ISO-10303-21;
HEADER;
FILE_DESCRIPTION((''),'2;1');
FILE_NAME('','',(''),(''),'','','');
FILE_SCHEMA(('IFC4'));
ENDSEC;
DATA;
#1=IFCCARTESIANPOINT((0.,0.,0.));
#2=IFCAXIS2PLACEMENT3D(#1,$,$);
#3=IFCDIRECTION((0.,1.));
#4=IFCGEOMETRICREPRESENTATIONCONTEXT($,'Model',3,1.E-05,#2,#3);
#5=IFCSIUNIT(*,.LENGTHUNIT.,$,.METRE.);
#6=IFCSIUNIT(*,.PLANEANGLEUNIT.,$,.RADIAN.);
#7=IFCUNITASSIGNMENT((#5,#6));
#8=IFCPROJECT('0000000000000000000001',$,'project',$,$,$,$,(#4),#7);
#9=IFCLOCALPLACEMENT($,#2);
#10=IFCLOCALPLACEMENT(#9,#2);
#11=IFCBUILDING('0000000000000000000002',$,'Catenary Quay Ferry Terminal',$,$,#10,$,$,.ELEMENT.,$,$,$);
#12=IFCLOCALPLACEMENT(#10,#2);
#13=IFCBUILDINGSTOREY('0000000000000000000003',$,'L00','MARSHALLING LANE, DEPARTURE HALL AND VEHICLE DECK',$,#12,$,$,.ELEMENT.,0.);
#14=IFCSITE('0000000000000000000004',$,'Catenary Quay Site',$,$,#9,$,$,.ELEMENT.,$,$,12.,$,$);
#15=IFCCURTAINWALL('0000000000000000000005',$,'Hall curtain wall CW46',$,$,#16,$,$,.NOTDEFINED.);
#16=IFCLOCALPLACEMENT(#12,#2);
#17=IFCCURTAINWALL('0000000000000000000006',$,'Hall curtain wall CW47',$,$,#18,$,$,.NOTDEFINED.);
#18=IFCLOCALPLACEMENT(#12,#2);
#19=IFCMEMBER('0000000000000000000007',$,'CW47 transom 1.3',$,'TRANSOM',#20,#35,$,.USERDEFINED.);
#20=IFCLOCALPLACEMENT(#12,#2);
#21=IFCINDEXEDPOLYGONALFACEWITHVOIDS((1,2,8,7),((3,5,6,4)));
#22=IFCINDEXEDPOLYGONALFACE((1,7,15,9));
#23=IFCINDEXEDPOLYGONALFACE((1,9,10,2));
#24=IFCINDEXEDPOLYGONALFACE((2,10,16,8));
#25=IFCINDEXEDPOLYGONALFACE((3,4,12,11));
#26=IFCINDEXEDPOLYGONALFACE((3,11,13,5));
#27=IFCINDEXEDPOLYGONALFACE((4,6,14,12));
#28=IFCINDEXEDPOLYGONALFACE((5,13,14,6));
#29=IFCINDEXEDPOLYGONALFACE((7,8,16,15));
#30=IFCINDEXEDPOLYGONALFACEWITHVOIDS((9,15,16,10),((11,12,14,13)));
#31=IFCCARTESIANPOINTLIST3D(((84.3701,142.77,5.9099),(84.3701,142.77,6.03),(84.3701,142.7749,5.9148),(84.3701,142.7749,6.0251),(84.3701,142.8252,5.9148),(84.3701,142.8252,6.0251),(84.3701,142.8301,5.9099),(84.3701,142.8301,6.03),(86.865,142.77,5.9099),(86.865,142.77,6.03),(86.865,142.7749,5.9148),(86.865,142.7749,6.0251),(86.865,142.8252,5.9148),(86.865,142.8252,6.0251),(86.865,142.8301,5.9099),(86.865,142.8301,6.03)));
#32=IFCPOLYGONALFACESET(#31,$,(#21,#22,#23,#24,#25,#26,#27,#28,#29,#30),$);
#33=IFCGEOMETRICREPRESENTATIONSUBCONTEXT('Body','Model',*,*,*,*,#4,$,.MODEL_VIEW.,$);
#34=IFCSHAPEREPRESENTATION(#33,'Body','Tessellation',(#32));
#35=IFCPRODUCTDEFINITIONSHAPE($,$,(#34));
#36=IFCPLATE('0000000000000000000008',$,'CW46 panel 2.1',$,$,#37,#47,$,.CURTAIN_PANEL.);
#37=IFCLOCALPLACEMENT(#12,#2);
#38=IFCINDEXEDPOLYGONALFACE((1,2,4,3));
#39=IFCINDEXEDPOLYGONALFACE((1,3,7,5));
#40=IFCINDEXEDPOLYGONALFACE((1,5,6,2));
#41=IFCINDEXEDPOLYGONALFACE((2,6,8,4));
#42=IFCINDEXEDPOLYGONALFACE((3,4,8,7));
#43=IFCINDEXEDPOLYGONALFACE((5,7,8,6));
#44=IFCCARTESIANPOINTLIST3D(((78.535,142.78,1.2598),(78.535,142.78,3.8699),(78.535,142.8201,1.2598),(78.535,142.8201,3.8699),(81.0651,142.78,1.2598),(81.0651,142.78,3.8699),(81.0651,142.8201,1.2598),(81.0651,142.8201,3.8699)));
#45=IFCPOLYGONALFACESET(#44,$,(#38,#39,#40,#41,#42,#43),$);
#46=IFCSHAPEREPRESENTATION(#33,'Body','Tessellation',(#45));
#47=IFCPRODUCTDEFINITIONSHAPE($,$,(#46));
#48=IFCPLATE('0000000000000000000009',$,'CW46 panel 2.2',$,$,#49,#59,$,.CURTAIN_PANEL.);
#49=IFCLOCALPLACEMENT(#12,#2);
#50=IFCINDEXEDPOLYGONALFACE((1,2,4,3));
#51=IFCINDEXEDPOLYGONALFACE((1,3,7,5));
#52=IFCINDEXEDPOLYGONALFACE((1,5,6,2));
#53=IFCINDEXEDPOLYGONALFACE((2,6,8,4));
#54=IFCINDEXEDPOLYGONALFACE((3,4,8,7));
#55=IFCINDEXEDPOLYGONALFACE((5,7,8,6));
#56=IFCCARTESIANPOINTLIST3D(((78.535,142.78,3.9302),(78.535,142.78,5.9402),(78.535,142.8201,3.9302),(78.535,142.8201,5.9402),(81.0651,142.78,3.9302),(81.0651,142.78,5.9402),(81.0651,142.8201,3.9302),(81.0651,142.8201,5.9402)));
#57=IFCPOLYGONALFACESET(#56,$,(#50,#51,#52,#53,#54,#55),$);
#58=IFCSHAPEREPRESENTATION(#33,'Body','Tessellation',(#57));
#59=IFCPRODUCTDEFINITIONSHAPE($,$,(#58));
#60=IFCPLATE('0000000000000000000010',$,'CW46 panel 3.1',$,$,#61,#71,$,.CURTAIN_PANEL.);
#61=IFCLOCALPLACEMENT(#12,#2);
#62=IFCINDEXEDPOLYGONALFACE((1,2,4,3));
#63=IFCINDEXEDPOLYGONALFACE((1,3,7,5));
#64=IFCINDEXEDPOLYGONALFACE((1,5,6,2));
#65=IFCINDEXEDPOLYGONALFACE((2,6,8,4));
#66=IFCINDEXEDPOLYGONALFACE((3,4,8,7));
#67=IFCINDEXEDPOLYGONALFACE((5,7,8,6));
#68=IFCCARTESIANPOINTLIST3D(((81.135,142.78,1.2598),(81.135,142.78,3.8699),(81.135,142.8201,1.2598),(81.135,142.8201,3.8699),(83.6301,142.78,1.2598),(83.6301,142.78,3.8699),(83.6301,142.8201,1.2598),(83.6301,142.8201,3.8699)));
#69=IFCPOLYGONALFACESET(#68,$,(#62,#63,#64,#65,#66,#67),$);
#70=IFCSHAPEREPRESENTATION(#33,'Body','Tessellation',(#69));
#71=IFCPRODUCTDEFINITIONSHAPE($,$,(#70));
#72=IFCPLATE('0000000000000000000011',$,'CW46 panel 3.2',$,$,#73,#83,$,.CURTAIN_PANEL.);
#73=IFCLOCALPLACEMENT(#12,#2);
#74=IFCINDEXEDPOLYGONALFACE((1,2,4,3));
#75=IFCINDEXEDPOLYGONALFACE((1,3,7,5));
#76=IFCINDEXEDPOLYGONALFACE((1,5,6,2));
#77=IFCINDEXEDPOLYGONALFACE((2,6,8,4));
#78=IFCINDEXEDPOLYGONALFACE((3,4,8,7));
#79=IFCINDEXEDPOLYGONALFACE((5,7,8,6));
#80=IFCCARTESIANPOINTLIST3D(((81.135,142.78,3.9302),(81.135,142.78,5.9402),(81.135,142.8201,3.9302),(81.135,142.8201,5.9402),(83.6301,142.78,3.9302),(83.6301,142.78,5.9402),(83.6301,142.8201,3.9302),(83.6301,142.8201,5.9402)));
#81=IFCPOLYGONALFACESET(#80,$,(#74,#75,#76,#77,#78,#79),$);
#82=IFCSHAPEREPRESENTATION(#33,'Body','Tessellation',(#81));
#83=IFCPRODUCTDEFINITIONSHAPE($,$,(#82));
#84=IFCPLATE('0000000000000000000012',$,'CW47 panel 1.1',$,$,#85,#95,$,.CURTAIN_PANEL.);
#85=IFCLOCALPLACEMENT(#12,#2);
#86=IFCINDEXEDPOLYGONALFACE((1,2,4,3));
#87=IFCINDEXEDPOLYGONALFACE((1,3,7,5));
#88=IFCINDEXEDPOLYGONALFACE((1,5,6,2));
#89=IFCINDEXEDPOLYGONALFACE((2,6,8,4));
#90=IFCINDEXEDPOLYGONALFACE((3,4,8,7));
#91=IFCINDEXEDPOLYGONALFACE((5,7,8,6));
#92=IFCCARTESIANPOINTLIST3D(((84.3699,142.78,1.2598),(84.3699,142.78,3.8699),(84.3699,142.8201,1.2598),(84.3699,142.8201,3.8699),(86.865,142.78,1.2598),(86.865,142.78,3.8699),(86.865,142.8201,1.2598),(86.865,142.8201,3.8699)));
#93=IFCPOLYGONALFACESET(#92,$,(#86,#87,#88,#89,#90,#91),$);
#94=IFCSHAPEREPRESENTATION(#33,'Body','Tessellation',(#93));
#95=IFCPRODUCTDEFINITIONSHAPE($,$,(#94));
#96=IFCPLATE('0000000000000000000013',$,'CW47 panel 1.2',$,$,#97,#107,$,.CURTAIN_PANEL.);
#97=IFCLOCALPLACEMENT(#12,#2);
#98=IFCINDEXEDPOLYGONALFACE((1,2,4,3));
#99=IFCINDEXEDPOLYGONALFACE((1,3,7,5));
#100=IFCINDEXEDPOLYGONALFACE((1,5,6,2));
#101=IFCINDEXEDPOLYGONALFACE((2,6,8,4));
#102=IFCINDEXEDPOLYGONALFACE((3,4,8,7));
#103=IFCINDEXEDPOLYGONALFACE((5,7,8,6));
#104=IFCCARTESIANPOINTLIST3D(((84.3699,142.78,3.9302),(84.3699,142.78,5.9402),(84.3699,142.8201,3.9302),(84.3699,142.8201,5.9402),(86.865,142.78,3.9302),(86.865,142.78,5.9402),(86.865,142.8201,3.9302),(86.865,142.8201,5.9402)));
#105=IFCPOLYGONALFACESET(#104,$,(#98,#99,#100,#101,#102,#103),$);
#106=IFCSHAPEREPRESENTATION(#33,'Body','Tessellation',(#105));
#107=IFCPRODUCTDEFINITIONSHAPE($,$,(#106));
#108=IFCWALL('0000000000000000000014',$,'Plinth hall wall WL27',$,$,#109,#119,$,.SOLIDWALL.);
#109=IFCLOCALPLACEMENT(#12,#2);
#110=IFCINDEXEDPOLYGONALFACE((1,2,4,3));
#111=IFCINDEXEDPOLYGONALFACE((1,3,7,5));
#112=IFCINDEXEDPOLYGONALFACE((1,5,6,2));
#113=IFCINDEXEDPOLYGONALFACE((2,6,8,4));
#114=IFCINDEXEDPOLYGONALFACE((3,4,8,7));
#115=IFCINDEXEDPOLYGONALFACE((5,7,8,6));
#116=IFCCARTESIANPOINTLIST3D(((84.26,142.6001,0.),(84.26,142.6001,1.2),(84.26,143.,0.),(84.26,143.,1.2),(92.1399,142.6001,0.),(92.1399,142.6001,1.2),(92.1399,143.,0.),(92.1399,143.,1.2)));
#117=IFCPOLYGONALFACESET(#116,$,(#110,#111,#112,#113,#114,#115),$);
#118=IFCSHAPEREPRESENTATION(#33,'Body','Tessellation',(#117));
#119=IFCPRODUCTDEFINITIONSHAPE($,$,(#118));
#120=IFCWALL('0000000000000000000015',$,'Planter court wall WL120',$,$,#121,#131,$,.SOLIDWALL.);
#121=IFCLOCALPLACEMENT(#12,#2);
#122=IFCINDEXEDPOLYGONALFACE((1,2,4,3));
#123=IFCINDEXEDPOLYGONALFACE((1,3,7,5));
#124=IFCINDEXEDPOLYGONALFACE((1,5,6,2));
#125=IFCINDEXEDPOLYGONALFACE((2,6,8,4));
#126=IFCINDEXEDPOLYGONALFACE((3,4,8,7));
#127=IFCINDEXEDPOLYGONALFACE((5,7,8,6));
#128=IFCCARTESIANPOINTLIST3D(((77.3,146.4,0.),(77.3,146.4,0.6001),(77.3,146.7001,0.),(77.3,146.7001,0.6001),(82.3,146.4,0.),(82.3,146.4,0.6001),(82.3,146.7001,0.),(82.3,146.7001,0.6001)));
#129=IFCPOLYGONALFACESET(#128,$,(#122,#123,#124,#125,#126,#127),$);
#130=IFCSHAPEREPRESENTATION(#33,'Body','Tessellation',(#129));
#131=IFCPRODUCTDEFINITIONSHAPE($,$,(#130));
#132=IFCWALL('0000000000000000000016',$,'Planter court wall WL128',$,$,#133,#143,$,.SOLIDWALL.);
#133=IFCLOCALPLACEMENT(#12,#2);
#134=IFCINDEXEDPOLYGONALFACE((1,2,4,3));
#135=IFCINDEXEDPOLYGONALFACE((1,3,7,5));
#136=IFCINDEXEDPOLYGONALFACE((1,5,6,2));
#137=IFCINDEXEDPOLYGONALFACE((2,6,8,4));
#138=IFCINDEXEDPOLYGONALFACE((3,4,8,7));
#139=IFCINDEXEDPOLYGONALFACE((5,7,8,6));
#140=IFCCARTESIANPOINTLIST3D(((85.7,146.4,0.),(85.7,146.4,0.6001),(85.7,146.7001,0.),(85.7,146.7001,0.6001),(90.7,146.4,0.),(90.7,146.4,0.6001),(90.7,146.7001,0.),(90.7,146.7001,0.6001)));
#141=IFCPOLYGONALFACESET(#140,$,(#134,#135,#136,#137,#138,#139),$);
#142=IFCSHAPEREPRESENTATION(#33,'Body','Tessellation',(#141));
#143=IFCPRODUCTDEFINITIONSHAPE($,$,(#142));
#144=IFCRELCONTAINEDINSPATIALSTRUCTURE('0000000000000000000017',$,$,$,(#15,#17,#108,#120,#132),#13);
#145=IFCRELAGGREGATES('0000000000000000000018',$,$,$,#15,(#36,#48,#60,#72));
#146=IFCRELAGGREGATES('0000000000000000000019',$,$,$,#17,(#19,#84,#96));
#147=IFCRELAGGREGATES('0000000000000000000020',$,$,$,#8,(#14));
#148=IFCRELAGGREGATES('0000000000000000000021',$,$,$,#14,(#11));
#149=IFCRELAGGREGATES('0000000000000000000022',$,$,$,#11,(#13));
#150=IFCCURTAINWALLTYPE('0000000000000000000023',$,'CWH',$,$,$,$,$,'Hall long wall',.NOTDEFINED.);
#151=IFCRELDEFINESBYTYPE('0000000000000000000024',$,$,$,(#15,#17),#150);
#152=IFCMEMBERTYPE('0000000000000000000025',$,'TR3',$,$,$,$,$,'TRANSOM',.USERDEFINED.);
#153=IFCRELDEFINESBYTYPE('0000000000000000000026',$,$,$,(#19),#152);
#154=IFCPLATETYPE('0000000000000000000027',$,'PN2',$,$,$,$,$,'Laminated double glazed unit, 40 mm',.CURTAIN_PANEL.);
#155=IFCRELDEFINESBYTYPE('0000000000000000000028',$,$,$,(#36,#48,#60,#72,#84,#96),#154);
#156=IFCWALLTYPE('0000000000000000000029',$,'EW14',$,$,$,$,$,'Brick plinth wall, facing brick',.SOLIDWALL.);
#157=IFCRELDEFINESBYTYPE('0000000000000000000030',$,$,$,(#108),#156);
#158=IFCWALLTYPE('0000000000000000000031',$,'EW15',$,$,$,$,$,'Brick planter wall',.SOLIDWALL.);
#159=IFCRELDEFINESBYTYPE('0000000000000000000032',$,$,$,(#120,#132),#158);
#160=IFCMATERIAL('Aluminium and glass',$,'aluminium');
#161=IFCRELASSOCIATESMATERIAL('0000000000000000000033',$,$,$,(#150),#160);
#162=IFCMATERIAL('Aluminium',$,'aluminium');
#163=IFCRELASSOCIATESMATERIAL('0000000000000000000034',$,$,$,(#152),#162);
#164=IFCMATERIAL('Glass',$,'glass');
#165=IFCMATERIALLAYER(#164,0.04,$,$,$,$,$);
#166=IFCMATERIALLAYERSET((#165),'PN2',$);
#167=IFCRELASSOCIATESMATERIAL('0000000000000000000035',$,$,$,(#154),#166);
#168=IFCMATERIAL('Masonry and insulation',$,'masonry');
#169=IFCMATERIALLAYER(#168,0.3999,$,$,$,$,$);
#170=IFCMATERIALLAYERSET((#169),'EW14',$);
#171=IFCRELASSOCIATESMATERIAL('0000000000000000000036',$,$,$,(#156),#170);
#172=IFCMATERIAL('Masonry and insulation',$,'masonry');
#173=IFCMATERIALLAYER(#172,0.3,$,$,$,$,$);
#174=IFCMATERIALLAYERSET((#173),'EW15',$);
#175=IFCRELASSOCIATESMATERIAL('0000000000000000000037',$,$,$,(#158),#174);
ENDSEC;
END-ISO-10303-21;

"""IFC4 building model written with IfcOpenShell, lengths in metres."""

from ifc_helpers import new_model, si_unit, direction, frame, frame_2d, origin, origin_2d, place, context, subcontext, project, spatial, rectangle, hollow_rectangle, extrude, material, layer, layer_set, material_profile, profile_set, type_object, element, aggregate, save


model = new_model("IFC4")

# Units and contexts
model_context = context("Model", 3, precision=1e-05, world=origin(), true_north=direction((0.0, 1.0)))
body_context = subcontext(model_context, "Body", "Model", "MODEL_VIEW")
ifc_project = project(units=[si_unit("LENGTHUNIT", "METRE"), si_unit("PLANEANGLEUNIT", "RADIAN")], contexts=[model_context])

# Site, building, storey
site_placement = place(None, origin())
site = spatial("IfcSite", under=ifc_project, at=site_placement, Name="Catenary Quay Site", CompositionType="ELEMENT", RefElevation=12.0)
building_placement = place(site_placement, origin())
building = spatial("IfcBuilding", under=site, at=building_placement, Name="Catenary Quay Ferry Terminal", CompositionType="ELEMENT")
storey_placement = place(building_placement, origin())
storey = spatial("IfcBuildingStorey", under=building, at=storey_placement, Name="L00", Description="MARSHALLING LANE, DEPARTURE HALL AND VEHICLE DECK", CompositionType="ELEMENT", Elevation=0.0)

# Curtain wall
ifc_material_1 = material(Name="Aluminium and glass", Category="aluminium")
curtain_wall_type = type_object("IfcCurtainWallType", Name="CWH", ElementType="Hall long wall", PredefinedType="NOTDEFINED", material=ifc_material_1)
curtain_wall_1_placement = place(storey_placement, origin())
curtain_wall_1 = element("IfcCurtainWall", 1, at=curtain_wall_1_placement, inside=storey, type_object=curtain_wall_type, Name="Hall curtain wall CW46", PredefinedType="NOTDEFINED")

# Curtain wall
curtain_wall_2_placement = place(storey_placement, origin())
curtain_wall_2 = element("IfcCurtainWall", 2, at=curtain_wall_2_placement, inside=storey, type_object=curtain_wall_type, Name="Hall curtain wall CW47", PredefinedType="NOTDEFINED")

# Member
ifc_material_2 = material(Name="Aluminium", Category="aluminium")
ifc_material_profile_1 = material_profile(ifc_material_2, hollow_rectangle(XDim=0.0601, YDim=0.1201, WallThickness=0.0049, at=origin_2d()), Name="TR3")
ifc_profile_set_1 = profile_set([ifc_material_profile_1], Name="Aluminium")
member_type_1 = type_object("IfcMemberType", Name="TR3", ElementType="TRANSOM", PredefinedType="USERDEFINED", material=ifc_profile_set_1)
member_1_placement = place(storey_placement, frame((84.3701, 142.8, 5.97), z_axis=(1.0, 0.0, 0.0), x_axis=(0.0, 1.0, 0.0)))
member_1 = element("IfcMember", 3, at=member_1_placement, type_object=member_type_1, Name="CW47 transom 1.3", ObjectType="TRANSOM", PredefinedType="USERDEFINED", context=body_context, shape_type="SweptSolid", body=[
    extrude(hollow_rectangle(XDim=0.0601, YDim=0.1201, WallThickness=0.0049, at=origin_2d()), origin(), (0.0, 0.0, 1.0), 2.4949),
])

# Plates
ifc_material_3 = material(Name="Glass", Category="glass")
ifc_layer_1 = layer(ifc_material_3, 0.04)
ifc_layer_set_1 = layer_set([ifc_layer_1], Name="PN2")
plate_type = type_object("IfcPlateType", Name="PN2", ElementType="Laminated double glazed unit, 40 mm", PredefinedType="CURTAIN_PANEL", material=ifc_layer_set_1)
plate_1_placement = place(storey_placement, frame((79.8, 142.8, 1.2598), z_axis=(0.0, 0.0, 1.0), x_axis=(1.0, 0.0, 0.0)))
plate_1 = element("IfcPlate", 4, at=plate_1_placement, type_object=plate_type, Name="CW46 panel 2.1", PredefinedType="CURTAIN_PANEL", context=body_context, shape_type="SweptSolid", body=[
    extrude(rectangle(XDim=2.53, YDim=0.04, at=origin_2d()), origin(), (0.0, 0.0, 1.0), 2.6101),
])
plate_2_placement = place(storey_placement, frame((79.8, 142.8, 3.9302), z_axis=(0.0, 0.0, 1.0), x_axis=(1.0, 0.0, 0.0)))
plate_2 = element("IfcPlate", 5, at=plate_2_placement, type_object=plate_type, Name="CW46 panel 2.2", PredefinedType="CURTAIN_PANEL", context=body_context, shape_type="SweptSolid", body=[
    extrude(rectangle(XDim=2.53, YDim=0.04, at=origin_2d()), origin(), (0.0, 0.0, 1.0), 2.01),
])
plate_3_placement = place(storey_placement, frame((82.3826, 142.8, 1.2598), z_axis=(0.0, 0.0, 1.0), x_axis=(1.0, 0.0, 0.0)))
plate_3 = element("IfcPlate", 6, at=plate_3_placement, type_object=plate_type, Name="CW46 panel 3.1", PredefinedType="CURTAIN_PANEL", context=body_context, shape_type="SweptSolid", body=[
    extrude(rectangle(XDim=2.4951, YDim=0.04, at=origin_2d()), origin(), (0.0, 0.0, 1.0), 2.6101),
])
plate_4_placement = place(storey_placement, frame((82.3826, 142.8, 3.9302), z_axis=(0.0, 0.0, 1.0), x_axis=(1.0, 0.0, 0.0)))
plate_4 = element("IfcPlate", 7, at=plate_4_placement, type_object=plate_type, Name="CW46 panel 3.2", PredefinedType="CURTAIN_PANEL", context=body_context, shape_type="SweptSolid", body=[
    extrude(rectangle(XDim=2.4951, YDim=0.04, at=origin_2d()), origin(), (0.0, 0.0, 1.0), 2.01),
])
aggregate(curtain_wall_1, [plate_1, plate_2, plate_3, plate_4])
plate_5_placement = place(storey_placement, frame((85.6174, 142.8, 1.2598), z_axis=(0.0, 0.0, 1.0), x_axis=(1.0, 0.0, 0.0)))
plate_5 = element("IfcPlate", 8, at=plate_5_placement, type_object=plate_type, Name="CW47 panel 1.1", PredefinedType="CURTAIN_PANEL", context=body_context, shape_type="SweptSolid", body=[
    extrude(rectangle(XDim=2.4951, YDim=0.04, at=origin_2d()), origin(), (0.0, 0.0, 1.0), 2.6101),
])
plate_6_placement = place(storey_placement, frame((85.6174, 142.8, 3.9302), z_axis=(0.0, 0.0, 1.0), x_axis=(1.0, 0.0, 0.0)))
plate_6 = element("IfcPlate", 9, at=plate_6_placement, type_object=plate_type, Name="CW47 panel 1.2", PredefinedType="CURTAIN_PANEL", context=body_context, shape_type="SweptSolid", body=[
    extrude(rectangle(XDim=2.4951, YDim=0.04, at=origin_2d()), origin(), (0.0, 0.0, 1.0), 2.01),
])
aggregate(curtain_wall_2, [member_1, plate_5, plate_6])

# Walls
ifc_material_4 = material(Name="Masonry and insulation", Category="masonry")
ifc_layer_2 = layer(ifc_material_4, 0.3999)
ifc_layer_set_2 = layer_set([ifc_layer_2], Name="EW14")
wall_type_1 = type_object("IfcWallType", Name="EW14", ElementType="Brick plinth wall, facing brick", PredefinedType="SOLIDWALL", material=ifc_layer_set_2)
wall_placement = place(storey_placement, frame((84.26, 142.8, 0.0), z_axis=(0.0, 0.0, 1.0), x_axis=(1.0, 0.0, 0.0)))
element("IfcWall", 10, at=wall_placement, inside=storey, type_object=wall_type_1, Name="Plinth hall wall WL27", PredefinedType="SOLIDWALL", context=body_context, shape_type="SweptSolid", body=[
    extrude(rectangle(XDim=7.8799, YDim=0.3999, at=frame_2d((3.9399, 0.0))), origin(), (0.0, 0.0, 1.0), 1.2),
])
ifc_material_5 = material(Name="Masonry and insulation", Category="masonry")
ifc_layer_3 = layer(ifc_material_5, 0.3)
ifc_layer_set_3 = layer_set([ifc_layer_3], Name="EW15")
wall_type_2 = type_object("IfcWallType", Name="EW15", ElementType="Brick planter wall", PredefinedType="SOLIDWALL", material=ifc_layer_set_3)
for number, where, z_axis, x_axis, name in (
    (11, (77.3, 146.55, 0.0), (0.0, 0.0, 1.0), (1.0, 0.0, 0.0), "Planter court wall WL120"),
    (12, (85.7, 146.55, 0.0), (0.0, 0.0, 1.0), (1.0, 0.0, 0.0), "Planter court wall WL128"),
):
    element("IfcWall", number, at=place(storey_placement, frame(where, z_axis=z_axis, x_axis=x_axis)), inside=storey, type_object=wall_type_2, Name=name, PredefinedType="SOLIDWALL", context=body_context, shape_type="SweptSolid", body=[
        extrude(rectangle(XDim=5.0, YDim=0.3, at=frame_2d((2.5, 0.0))), origin(), (0.0, 0.0, 1.0), 0.6001),
    ])

save(model, "model.ifc")
